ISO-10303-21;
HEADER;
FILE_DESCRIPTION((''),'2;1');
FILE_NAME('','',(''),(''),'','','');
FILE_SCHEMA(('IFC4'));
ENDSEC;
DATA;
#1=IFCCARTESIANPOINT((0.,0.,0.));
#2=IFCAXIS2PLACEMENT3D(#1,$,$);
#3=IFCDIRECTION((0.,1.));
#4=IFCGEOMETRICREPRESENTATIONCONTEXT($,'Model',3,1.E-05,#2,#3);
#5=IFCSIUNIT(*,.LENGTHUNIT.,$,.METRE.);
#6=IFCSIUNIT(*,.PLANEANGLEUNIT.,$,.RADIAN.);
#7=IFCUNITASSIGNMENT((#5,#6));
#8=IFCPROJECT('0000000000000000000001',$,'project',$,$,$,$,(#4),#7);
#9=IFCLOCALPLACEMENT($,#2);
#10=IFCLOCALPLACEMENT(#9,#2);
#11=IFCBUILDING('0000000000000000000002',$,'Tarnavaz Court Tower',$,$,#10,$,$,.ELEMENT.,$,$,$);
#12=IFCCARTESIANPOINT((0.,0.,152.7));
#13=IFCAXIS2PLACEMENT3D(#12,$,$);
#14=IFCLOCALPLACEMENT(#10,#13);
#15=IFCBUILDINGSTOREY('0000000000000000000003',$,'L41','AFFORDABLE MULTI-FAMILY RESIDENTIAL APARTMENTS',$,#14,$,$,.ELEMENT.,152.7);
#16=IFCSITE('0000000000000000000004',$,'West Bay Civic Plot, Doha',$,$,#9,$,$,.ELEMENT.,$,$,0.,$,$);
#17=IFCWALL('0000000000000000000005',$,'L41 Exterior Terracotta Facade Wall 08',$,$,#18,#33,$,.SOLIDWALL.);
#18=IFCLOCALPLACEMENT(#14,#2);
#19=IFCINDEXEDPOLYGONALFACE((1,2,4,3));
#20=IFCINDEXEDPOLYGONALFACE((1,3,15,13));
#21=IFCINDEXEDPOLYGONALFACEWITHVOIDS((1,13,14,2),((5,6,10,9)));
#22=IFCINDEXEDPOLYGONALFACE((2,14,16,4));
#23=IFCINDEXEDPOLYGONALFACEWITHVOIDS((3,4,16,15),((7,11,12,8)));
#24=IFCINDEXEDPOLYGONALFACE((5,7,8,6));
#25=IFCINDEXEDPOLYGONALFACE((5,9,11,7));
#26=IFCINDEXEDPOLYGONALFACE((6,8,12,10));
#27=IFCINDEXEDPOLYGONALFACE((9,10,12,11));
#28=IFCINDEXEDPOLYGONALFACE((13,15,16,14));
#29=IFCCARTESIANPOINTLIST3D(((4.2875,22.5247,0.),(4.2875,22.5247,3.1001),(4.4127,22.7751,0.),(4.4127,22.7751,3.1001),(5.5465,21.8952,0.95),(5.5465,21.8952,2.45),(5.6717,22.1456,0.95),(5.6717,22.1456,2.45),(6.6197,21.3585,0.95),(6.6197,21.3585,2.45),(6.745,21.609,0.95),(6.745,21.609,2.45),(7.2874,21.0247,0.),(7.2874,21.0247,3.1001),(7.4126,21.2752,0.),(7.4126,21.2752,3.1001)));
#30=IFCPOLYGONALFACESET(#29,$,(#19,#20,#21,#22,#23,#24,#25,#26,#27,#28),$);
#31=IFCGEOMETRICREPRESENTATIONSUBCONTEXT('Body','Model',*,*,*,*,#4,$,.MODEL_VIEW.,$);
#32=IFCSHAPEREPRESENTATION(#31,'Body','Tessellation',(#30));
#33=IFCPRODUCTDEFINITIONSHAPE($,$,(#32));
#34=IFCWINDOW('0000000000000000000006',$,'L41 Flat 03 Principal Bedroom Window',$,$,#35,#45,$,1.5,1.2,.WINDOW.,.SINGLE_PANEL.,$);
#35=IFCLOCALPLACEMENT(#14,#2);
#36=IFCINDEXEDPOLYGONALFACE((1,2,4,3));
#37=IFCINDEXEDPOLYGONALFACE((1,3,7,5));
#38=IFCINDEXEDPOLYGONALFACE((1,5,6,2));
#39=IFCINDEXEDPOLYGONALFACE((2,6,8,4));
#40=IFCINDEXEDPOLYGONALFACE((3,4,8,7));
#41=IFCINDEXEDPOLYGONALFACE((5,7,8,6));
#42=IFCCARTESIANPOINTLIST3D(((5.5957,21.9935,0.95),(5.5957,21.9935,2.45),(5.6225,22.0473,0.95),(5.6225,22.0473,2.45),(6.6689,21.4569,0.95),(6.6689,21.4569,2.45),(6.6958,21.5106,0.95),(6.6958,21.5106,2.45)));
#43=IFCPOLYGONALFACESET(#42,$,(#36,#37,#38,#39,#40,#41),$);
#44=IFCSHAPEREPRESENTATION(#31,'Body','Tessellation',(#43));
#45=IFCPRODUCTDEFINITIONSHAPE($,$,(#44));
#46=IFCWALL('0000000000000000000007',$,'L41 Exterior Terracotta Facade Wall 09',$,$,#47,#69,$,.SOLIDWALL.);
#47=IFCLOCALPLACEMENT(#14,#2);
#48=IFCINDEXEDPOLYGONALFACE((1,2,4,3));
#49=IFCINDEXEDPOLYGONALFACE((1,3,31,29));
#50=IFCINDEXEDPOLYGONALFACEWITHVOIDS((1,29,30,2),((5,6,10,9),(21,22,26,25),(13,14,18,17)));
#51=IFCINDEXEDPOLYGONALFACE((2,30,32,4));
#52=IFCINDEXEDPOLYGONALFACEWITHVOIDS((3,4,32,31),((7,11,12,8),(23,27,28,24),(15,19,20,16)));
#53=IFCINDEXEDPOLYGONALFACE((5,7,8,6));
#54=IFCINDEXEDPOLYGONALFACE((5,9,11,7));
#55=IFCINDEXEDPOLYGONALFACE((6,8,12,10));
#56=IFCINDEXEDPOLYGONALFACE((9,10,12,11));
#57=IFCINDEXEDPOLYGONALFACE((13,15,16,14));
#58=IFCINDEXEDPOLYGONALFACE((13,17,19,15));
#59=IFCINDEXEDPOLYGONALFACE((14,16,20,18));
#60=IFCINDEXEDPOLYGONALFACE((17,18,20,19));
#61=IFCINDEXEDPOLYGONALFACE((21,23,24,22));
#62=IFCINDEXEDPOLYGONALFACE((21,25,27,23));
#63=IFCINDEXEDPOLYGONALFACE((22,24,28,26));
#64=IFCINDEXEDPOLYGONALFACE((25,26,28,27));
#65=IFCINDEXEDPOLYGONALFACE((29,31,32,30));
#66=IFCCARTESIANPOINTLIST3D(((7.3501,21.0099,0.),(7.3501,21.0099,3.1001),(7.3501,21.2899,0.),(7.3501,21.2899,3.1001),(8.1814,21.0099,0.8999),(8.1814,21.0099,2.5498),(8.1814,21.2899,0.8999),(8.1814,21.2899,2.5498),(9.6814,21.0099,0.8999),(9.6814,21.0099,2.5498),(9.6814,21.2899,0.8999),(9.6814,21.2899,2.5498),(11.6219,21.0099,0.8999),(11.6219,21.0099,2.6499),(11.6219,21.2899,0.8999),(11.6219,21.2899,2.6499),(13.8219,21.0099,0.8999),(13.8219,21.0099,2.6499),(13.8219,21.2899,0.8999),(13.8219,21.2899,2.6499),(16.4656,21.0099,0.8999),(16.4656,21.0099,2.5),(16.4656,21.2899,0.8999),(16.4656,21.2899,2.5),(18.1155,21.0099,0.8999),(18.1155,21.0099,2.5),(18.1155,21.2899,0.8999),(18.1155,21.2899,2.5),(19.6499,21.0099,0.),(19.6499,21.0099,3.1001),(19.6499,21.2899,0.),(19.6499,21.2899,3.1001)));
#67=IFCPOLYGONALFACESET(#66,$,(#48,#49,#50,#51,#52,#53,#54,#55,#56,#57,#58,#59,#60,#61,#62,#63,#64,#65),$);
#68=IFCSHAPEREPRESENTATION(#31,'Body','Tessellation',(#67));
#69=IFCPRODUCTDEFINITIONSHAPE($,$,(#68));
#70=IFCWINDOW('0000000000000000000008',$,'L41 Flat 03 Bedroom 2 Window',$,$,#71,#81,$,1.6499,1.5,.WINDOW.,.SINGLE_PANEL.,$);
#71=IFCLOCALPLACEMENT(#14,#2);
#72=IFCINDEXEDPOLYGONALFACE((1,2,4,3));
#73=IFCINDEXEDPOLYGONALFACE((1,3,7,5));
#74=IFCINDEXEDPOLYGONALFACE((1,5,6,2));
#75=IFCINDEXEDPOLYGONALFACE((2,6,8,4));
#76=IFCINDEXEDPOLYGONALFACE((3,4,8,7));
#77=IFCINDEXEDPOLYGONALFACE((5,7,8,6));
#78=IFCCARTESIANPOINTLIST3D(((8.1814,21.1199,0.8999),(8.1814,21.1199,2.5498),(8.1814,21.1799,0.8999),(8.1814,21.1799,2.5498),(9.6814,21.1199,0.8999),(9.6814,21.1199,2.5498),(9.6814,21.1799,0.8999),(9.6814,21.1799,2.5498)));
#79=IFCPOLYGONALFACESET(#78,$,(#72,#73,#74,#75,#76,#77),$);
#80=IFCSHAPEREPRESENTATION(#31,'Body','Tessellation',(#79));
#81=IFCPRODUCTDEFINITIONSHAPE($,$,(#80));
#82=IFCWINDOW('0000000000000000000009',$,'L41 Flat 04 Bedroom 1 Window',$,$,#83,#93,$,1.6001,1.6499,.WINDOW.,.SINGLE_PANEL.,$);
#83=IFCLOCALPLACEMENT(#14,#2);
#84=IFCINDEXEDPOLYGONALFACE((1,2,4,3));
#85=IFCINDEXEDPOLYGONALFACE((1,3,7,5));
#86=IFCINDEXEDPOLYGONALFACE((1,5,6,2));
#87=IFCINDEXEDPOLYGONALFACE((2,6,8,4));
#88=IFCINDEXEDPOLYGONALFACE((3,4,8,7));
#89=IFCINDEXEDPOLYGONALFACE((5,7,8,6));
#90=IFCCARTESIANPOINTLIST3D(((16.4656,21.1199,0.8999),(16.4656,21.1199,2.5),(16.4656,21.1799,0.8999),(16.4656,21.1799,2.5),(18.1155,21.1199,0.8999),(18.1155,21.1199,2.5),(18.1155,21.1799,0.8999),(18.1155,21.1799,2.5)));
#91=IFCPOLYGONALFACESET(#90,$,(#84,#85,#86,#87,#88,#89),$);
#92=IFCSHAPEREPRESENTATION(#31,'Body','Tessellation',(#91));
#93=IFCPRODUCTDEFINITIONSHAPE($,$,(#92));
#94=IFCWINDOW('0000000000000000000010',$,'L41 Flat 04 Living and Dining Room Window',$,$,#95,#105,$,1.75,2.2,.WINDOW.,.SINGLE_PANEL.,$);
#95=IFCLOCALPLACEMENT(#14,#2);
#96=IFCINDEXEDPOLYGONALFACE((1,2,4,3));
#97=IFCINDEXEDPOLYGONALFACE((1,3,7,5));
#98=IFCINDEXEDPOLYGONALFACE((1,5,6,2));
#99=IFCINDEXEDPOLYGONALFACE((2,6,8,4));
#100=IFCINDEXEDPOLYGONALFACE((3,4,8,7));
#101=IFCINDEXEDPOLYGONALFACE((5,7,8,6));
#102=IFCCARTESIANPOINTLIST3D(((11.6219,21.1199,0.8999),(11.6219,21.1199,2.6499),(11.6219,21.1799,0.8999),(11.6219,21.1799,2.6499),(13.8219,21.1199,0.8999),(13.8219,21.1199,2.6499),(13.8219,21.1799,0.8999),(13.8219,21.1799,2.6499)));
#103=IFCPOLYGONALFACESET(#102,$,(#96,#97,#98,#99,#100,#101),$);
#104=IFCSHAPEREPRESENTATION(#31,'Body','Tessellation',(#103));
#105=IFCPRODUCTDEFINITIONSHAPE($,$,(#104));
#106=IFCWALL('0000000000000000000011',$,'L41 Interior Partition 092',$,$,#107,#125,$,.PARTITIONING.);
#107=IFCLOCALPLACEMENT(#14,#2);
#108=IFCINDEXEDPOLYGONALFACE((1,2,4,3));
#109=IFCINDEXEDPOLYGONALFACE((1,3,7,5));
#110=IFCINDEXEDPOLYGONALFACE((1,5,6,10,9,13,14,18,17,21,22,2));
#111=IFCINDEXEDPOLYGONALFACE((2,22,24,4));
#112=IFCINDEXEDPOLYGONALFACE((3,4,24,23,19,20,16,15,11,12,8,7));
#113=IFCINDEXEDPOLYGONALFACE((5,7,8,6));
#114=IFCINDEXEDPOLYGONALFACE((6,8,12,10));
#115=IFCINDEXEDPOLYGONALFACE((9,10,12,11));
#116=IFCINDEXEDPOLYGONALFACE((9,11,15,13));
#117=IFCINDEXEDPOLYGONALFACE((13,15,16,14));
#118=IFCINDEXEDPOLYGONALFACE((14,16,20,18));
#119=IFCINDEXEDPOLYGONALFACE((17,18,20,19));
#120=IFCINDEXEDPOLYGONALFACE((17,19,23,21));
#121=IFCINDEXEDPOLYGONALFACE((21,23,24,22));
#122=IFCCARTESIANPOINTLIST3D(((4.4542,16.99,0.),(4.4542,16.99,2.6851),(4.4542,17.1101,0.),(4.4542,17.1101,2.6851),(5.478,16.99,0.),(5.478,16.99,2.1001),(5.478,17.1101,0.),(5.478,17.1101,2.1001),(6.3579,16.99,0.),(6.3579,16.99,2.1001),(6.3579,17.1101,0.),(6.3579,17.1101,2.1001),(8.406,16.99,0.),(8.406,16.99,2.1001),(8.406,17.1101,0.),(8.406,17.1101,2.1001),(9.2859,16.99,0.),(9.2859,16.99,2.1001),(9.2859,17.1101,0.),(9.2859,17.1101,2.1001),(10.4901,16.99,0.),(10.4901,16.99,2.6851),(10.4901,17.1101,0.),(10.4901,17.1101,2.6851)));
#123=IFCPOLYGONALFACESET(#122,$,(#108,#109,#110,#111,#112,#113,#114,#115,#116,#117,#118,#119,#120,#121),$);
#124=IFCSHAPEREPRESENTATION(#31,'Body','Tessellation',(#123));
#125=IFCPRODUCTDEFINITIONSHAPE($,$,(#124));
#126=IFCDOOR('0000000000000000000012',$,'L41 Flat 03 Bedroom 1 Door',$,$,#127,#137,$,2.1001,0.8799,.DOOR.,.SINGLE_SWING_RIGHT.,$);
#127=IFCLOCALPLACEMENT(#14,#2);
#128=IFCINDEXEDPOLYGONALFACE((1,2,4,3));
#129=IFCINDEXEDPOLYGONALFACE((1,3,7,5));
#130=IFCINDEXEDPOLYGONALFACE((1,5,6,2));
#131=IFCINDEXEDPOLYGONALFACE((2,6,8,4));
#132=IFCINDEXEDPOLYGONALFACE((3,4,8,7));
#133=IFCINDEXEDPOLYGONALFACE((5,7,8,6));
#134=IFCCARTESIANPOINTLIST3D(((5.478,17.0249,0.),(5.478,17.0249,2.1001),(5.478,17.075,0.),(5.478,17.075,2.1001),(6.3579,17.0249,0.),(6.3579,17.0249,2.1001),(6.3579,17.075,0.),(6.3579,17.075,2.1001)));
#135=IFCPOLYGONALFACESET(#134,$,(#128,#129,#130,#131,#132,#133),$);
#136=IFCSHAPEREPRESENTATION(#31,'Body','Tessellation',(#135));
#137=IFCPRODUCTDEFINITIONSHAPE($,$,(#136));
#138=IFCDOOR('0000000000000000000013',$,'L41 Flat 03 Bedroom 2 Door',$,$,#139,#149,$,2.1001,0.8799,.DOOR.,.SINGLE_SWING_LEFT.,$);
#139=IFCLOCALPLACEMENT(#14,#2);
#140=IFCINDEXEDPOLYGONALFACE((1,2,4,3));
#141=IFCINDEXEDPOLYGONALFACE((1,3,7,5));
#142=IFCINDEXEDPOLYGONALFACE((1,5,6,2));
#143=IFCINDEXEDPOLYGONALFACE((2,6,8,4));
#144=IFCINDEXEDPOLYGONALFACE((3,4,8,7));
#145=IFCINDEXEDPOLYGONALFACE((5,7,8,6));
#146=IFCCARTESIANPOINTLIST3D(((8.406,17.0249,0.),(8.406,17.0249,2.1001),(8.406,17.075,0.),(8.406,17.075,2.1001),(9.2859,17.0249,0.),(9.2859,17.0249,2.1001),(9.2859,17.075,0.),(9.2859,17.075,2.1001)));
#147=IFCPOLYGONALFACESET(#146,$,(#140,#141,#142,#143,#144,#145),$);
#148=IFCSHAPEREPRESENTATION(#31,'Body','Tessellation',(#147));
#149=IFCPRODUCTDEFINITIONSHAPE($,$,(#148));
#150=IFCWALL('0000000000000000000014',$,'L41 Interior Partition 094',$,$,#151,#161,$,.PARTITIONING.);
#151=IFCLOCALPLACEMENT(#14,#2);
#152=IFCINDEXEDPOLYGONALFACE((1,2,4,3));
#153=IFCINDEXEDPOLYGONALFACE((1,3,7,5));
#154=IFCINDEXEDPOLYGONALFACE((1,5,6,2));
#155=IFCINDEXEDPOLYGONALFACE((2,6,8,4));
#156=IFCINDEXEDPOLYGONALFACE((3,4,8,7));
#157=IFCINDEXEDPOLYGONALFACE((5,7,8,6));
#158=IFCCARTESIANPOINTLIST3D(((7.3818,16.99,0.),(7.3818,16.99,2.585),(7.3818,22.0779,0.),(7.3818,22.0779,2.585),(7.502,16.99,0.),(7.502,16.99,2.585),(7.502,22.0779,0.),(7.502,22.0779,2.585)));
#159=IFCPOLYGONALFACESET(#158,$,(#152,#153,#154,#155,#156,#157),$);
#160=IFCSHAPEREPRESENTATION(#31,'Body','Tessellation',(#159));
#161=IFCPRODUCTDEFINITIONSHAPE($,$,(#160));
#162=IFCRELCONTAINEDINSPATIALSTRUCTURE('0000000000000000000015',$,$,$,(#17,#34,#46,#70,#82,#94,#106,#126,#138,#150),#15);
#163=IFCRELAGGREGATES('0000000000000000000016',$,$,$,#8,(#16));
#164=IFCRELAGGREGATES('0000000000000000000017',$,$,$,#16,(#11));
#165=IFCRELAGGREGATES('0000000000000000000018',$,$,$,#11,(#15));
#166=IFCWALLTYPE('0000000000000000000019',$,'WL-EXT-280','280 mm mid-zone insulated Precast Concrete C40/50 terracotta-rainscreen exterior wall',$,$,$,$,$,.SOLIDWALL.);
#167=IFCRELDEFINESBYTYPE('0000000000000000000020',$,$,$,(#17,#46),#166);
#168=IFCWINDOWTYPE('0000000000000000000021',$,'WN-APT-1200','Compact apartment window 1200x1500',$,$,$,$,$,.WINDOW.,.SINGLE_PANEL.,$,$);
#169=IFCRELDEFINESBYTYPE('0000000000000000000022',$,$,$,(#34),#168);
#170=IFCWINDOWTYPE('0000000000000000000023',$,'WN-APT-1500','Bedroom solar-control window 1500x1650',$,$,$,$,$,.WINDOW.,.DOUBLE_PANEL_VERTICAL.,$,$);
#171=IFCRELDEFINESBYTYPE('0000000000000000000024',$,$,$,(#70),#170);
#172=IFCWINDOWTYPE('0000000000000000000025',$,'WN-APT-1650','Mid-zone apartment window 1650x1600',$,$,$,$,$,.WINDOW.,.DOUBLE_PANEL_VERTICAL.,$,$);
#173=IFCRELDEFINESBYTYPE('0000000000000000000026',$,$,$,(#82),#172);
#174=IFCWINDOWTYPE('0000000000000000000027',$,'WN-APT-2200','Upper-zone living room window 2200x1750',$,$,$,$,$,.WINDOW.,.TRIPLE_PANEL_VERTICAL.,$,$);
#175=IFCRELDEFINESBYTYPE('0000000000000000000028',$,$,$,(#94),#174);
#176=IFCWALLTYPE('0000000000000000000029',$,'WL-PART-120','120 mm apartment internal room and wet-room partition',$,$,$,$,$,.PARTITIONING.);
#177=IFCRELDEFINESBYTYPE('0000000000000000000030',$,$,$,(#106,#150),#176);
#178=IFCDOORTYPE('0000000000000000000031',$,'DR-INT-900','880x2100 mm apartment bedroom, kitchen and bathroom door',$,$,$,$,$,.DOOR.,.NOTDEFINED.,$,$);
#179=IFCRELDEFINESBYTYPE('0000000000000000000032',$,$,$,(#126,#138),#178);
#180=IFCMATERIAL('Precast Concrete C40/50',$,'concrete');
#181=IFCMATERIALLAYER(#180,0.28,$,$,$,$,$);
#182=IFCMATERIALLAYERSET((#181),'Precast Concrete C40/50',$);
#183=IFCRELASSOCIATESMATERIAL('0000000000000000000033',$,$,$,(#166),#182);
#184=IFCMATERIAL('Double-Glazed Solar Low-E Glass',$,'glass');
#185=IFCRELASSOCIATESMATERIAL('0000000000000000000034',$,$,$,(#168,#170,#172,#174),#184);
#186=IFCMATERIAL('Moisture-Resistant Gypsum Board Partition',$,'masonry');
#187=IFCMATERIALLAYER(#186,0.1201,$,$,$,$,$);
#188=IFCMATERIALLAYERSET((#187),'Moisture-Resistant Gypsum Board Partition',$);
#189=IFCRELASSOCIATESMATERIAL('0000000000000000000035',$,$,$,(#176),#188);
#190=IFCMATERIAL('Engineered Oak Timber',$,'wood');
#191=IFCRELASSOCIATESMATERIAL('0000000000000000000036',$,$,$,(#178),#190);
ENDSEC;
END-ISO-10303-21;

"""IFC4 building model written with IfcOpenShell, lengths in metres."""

from ifc_helpers import new_model, si_unit, direction, frame, frame_2d, origin, place, context, subcontext, project, spatial, rectangle, extrude, material, layer, layer_set, type_object, element, fill, save


model = new_model("IFC4")

# Units and contexts
model_context = context("Model", 3, precision=1e-05, world=origin(), true_north=direction((0.0, 1.0)))
body_context = subcontext(model_context, "Body", "Model", "MODEL_VIEW")
ifc_project = project(units=[si_unit("LENGTHUNIT", "METRE"), si_unit("PLANEANGLEUNIT", "RADIAN")], contexts=[model_context])

# Site, building, storey
site_placement = place(None, origin())
site = spatial("IfcSite", under=ifc_project, at=site_placement, Name="West Bay Civic Plot, Doha", CompositionType="ELEMENT", RefElevation=0.0)
building_placement = place(site_placement, origin())
building = spatial("IfcBuilding", under=site, at=building_placement, Name="Tarnavaz Court Tower", CompositionType="ELEMENT")
storey_placement = place(building_placement, frame((0.0, 0.0, 152.7)))
storey = spatial("IfcBuildingStorey", under=building, at=storey_placement, Name="L41", Description="AFFORDABLE MULTI-FAMILY RESIDENTIAL APARTMENTS", CompositionType="ELEMENT", Elevation=152.7)

# Shared definitions
ifc_material_1 = material(Name="Double-Glazed Solar Low-E Glass", Category="glass")

# Wall, opening, window
ifc_material_2 = material(Name="Precast Concrete C40/50", Category="concrete")
ifc_layer_1 = layer(ifc_material_2, 0.28)
ifc_layer_set_1 = layer_set([ifc_layer_1], Name="Precast Concrete C40/50")
wall_type_1 = type_object("IfcWallType", Name="WL-EXT-280", Description="280 mm mid-zone insulated Precast Concrete C40/50 terracotta-rainscreen exterior wall", PredefinedType="SOLIDWALL", material=ifc_layer_set_1)
wall_1_placement = place(storey_placement, frame((4.3501, 22.6499, 0.0), z_axis=(0.0, 0.0, 1.0), x_axis=(0.894427, -0.447214, 0.0)))
wall_1 = element("IfcWall", 1, at=wall_1_placement, inside=storey, type_object=wall_type_1, Name="L41 Exterior Terracotta Facade Wall 08", PredefinedType="SOLIDWALL", context=body_context, shape_type="SweptSolid", body=[
    extrude(rectangle(XDim=3.354, YDim=0.28, at=frame_2d((1.677, 0.0))), origin(), (0.0, 0.0, 1.0), 3.1001),
])
opening_1_placement = place(wall_1_placement, frame((1.4075, 0.0, 0.95)))
opening_1 = element("IfcOpeningElement", 2, at=opening_1_placement, cuts=wall_1, PredefinedType="OPENING", context=body_context, shape_type="SweptSolid", body=[
    extrude(rectangle(XDim=1.2, YDim=1.5, at=frame_2d((0.6001, 0.75))), frame((0.0, 0.1499, 0.0), z_axis=(0.0, -1.0, 0.0), x_axis=(1.0, 0.0, 0.0)), (0.0, 0.0, 1.0), 0.3),
])
window_type_1 = type_object("IfcWindowType", Name="WN-APT-1200", Description="Compact apartment window 1200x1500", PartitioningType="SINGLE_PANEL", PredefinedType="WINDOW", material=ifc_material_1)
window_1_placement = place(opening_1_placement, origin())
window_1 = element("IfcWindow", 3, at=window_1_placement, inside=storey, type_object=window_type_1, Name="L41 Flat 03 Principal Bedroom Window", OverallHeight=1.5, OverallWidth=1.2, PartitioningType="SINGLE_PANEL", PredefinedType="WINDOW", context=body_context, shape_type="SweptSolid", body=[
    extrude(rectangle(XDim=1.2, YDim=1.5, at=frame_2d((0.6001, 0.75))), frame((0.0, 0.03, 0.0), z_axis=(0.0, -1.0, 0.0), x_axis=(1.0, 0.0, 0.0)), (0.0, 0.0, 1.0), 0.0601),
])
fill(opening_1, window_1)

# Wall, openings, windows
wall_2_placement = place(storey_placement, frame((7.3501, 21.1499, 0.0), z_axis=(0.0, 0.0, 1.0), x_axis=(1.0, 0.0, 0.0)))
wall_2 = element("IfcWall", 4, at=wall_2_placement, inside=storey, type_object=wall_type_1, Name="L41 Exterior Terracotta Facade Wall 09", PredefinedType="SOLIDWALL", context=body_context, shape_type="SweptSolid", body=[
    extrude(rectangle(XDim=12.2998, YDim=0.28, at=frame_2d((6.1499, 0.0))), origin(), (0.0, 0.0, 1.0), 3.1001),
])
opening_2_placement = place(wall_2_placement, frame((0.8313, 0.0, 0.8999)))
opening_2 = element("IfcOpeningElement", 5, at=opening_2_placement, cuts=wall_2, PredefinedType="OPENING", context=body_context, shape_type="SweptSolid", body=[
    extrude(rectangle(XDim=1.5, YDim=1.6499, at=frame_2d((0.75, 0.825))), frame((0.0, 0.1499, 0.0), z_axis=(0.0, -1.0, 0.0), x_axis=(1.0, 0.0, 0.0)), (0.0, 0.0, 1.0), 0.3),
])
opening_3_placement = place(wall_2_placement, frame((4.2717, 0.0, 0.8999)))
opening_3 = element("IfcOpeningElement", 6, at=opening_3_placement, cuts=wall_2, PredefinedType="OPENING", context=body_context, shape_type="SweptSolid", body=[
    extrude(rectangle(XDim=2.2, YDim=1.75, at=frame_2d((1.1001, 0.875))), frame((0.0, 0.1499, 0.0), z_axis=(0.0, -1.0, 0.0), x_axis=(1.0, 0.0, 0.0)), (0.0, 0.0, 1.0), 0.3),
])
opening_4_placement = place(wall_2_placement, frame((9.1155, 0.0, 0.8999)))
opening_4 = element("IfcOpeningElement", 7, at=opening_4_placement, cuts=wall_2, PredefinedType="OPENING", context=body_context, shape_type="SweptSolid", body=[
    extrude(rectangle(XDim=1.6499, YDim=1.6001, at=frame_2d((0.825, 0.8))), frame((0.0, 0.1499, 0.0), z_axis=(0.0, -1.0, 0.0), x_axis=(1.0, 0.0, 0.0)), (0.0, 0.0, 1.0), 0.3),
])
window_type_2 = type_object("IfcWindowType", Name="WN-APT-1500", Description="Bedroom solar-control window 1500x1650", PartitioningType="DOUBLE_PANEL_VERTICAL", PredefinedType="WINDOW", material=ifc_material_1)
window_2_placement = place(opening_2_placement, origin())
window_2 = element("IfcWindow", 8, at=window_2_placement, inside=storey, type_object=window_type_2, Name="L41 Flat 03 Bedroom 2 Window", OverallHeight=1.6499, OverallWidth=1.5, PartitioningType="SINGLE_PANEL", PredefinedType="WINDOW", context=body_context, shape_type="SweptSolid", body=[
    extrude(rectangle(XDim=1.5, YDim=1.6499, at=frame_2d((0.75, 0.825))), frame((0.0, 0.03, 0.0), z_axis=(0.0, -1.0, 0.0), x_axis=(1.0, 0.0, 0.0)), (0.0, 0.0, 1.0), 0.0601),
])
fill(opening_2, window_2)
window_type_3 = type_object("IfcWindowType", Name="WN-APT-1650", Description="Mid-zone apartment window 1650x1600", PartitioningType="DOUBLE_PANEL_VERTICAL", PredefinedType="WINDOW", material=ifc_material_1)
window_3_placement = place(opening_4_placement, origin())
window_3 = element("IfcWindow", 9, at=window_3_placement, inside=storey, type_object=window_type_3, Name="L41 Flat 04 Bedroom 1 Window", OverallHeight=1.6001, OverallWidth=1.6499, PartitioningType="SINGLE_PANEL", PredefinedType="WINDOW", context=body_context, shape_type="SweptSolid", body=[
    extrude(rectangle(XDim=1.6499, YDim=1.6001, at=frame_2d((0.825, 0.8))), frame((0.0, 0.03, 0.0), z_axis=(0.0, -1.0, 0.0), x_axis=(1.0, 0.0, 0.0)), (0.0, 0.0, 1.0), 0.0601),
])
fill(opening_4, window_3)
window_type_4 = type_object("IfcWindowType", Name="WN-APT-2200", Description="Upper-zone living room window 2200x1750", PartitioningType="TRIPLE_PANEL_VERTICAL", PredefinedType="WINDOW", material=ifc_material_1)
window_4_placement = place(opening_3_placement, origin())
window_4 = element("IfcWindow", 10, at=window_4_placement, inside=storey, type_object=window_type_4, Name="L41 Flat 04 Living and Dining Room Window", OverallHeight=1.75, OverallWidth=2.2, PartitioningType="SINGLE_PANEL", PredefinedType="WINDOW", context=body_context, shape_type="SweptSolid", body=[
    extrude(rectangle(XDim=2.2, YDim=1.75, at=frame_2d((1.1001, 0.875))), frame((0.0, 0.03, 0.0), z_axis=(0.0, -1.0, 0.0), x_axis=(1.0, 0.0, 0.0)), (0.0, 0.0, 1.0), 0.0601),
])
fill(opening_3, window_4)

# Wall, openings, doors
ifc_material_3 = material(Name="Moisture-Resistant Gypsum Board Partition", Category="masonry")
ifc_layer_2 = layer(ifc_material_3, 0.1201)
ifc_layer_set_2 = layer_set([ifc_layer_2], Name="Moisture-Resistant Gypsum Board Partition")
wall_type_2 = type_object("IfcWallType", Name="WL-PART-120", Description="120 mm apartment internal room and wet-room partition", PredefinedType="PARTITIONING", material=ifc_layer_set_2)
wall_3_placement = place(storey_placement, frame((4.4541, 17.05, 0.0), z_axis=(0.0, 0.0, 1.0), x_axis=(1.0, 0.0, 0.0)))
wall_3 = element("IfcWall", 11, at=wall_3_placement, inside=storey, type_object=wall_type_2, Name="L41 Interior Partition 092", PredefinedType="PARTITIONING", context=body_context, shape_type="SweptSolid", body=[
    extrude(rectangle(XDim=6.0359, YDim=0.1201, at=frame_2d((3.0181, 0.0))), origin(), (0.0, 0.0, 1.0), 2.6851),
])
opening_5_placement = place(wall_3_placement, frame((1.0239, 0.0, 0.0)))
opening_5 = element("IfcOpeningElement", 12, at=opening_5_placement, cuts=wall_3, PredefinedType="OPENING", context=body_context, shape_type="SweptSolid", body=[
    extrude(rectangle(XDim=0.8799, YDim=2.1001, at=frame_2d((0.4399, 1.05))), frame((0.0, 0.0701, 0.0), z_axis=(0.0, -1.0, 0.0), x_axis=(1.0, 0.0, 0.0)), (0.0, 0.0, 1.0), 0.1401),
])
opening_6_placement = place(wall_3_placement, frame((3.9519, 0.0, 0.0)))
opening_6 = element("IfcOpeningElement", 13, at=opening_6_placement, cuts=wall_3, PredefinedType="OPENING", context=body_context, shape_type="SweptSolid", body=[
    extrude(rectangle(XDim=0.8799, YDim=2.1001, at=frame_2d((0.4399, 1.05))), frame((0.0, 0.0701, 0.0), z_axis=(0.0, -1.0, 0.0), x_axis=(1.0, 0.0, 0.0)), (0.0, 0.0, 1.0), 0.1401),
])
ifc_material_4 = material(Name="Engineered Oak Timber", Category="wood")
door_type = type_object("IfcDoorType", Name="DR-INT-900", Description="880x2100 mm apartment bedroom, kitchen and bathroom door", OperationType="NOTDEFINED", PredefinedType="DOOR", material=ifc_material_4)
door_1_placement = place(opening_5_placement, origin())
door_1 = element("IfcDoor", 14, at=door_1_placement, inside=storey, type_object=door_type, Name="L41 Flat 03 Bedroom 1 Door", OperationType="SINGLE_SWING_RIGHT", OverallHeight=2.1001, OverallWidth=0.8799, PredefinedType="DOOR", context=body_context, shape_type="SweptSolid", body=[
    extrude(rectangle(XDim=0.8799, YDim=2.1001, at=frame_2d((0.4399, 1.05))), frame((0.0, 0.0249, 0.0), z_axis=(0.0, -1.0, 0.0), x_axis=(1.0, 0.0, 0.0)), (0.0, 0.0, 1.0), 0.05),
])
fill(opening_5, door_1)
door_2_placement = place(opening_6_placement, origin())
door_2 = element("IfcDoor", 15, at=door_2_placement, inside=storey, type_object=door_type, Name="L41 Flat 03 Bedroom 2 Door", OperationType="SINGLE_SWING_LEFT", OverallHeight=2.1001, OverallWidth=0.8799, PredefinedType="DOOR", context=body_context, shape_type="SweptSolid", body=[
    extrude(rectangle(XDim=0.8799, YDim=2.1001, at=frame_2d((0.4399, 1.05))), frame((0.0, 0.0249, 0.0), z_axis=(0.0, -1.0, 0.0), x_axis=(1.0, 0.0, 0.0)), (0.0, 0.0, 1.0), 0.05),
])
fill(opening_6, door_2)

# Wall
wall_4_placement = place(storey_placement, frame((7.4419, 16.99, 0.0), z_axis=(0.0, 0.0, 1.0), x_axis=(0.0, 1.0, 0.0)))
element("IfcWall", 16, at=wall_4_placement, inside=storey, type_object=wall_type_2, Name="L41 Interior Partition 094", PredefinedType="PARTITIONING", context=body_context, shape_type="SweptSolid", body=[
    extrude(rectangle(XDim=5.0879, YDim=0.1201, at=frame_2d((2.5439, 0.0))), origin(), (0.0, 0.0, 1.0), 2.585),
])

save(model, "model.ifc")
